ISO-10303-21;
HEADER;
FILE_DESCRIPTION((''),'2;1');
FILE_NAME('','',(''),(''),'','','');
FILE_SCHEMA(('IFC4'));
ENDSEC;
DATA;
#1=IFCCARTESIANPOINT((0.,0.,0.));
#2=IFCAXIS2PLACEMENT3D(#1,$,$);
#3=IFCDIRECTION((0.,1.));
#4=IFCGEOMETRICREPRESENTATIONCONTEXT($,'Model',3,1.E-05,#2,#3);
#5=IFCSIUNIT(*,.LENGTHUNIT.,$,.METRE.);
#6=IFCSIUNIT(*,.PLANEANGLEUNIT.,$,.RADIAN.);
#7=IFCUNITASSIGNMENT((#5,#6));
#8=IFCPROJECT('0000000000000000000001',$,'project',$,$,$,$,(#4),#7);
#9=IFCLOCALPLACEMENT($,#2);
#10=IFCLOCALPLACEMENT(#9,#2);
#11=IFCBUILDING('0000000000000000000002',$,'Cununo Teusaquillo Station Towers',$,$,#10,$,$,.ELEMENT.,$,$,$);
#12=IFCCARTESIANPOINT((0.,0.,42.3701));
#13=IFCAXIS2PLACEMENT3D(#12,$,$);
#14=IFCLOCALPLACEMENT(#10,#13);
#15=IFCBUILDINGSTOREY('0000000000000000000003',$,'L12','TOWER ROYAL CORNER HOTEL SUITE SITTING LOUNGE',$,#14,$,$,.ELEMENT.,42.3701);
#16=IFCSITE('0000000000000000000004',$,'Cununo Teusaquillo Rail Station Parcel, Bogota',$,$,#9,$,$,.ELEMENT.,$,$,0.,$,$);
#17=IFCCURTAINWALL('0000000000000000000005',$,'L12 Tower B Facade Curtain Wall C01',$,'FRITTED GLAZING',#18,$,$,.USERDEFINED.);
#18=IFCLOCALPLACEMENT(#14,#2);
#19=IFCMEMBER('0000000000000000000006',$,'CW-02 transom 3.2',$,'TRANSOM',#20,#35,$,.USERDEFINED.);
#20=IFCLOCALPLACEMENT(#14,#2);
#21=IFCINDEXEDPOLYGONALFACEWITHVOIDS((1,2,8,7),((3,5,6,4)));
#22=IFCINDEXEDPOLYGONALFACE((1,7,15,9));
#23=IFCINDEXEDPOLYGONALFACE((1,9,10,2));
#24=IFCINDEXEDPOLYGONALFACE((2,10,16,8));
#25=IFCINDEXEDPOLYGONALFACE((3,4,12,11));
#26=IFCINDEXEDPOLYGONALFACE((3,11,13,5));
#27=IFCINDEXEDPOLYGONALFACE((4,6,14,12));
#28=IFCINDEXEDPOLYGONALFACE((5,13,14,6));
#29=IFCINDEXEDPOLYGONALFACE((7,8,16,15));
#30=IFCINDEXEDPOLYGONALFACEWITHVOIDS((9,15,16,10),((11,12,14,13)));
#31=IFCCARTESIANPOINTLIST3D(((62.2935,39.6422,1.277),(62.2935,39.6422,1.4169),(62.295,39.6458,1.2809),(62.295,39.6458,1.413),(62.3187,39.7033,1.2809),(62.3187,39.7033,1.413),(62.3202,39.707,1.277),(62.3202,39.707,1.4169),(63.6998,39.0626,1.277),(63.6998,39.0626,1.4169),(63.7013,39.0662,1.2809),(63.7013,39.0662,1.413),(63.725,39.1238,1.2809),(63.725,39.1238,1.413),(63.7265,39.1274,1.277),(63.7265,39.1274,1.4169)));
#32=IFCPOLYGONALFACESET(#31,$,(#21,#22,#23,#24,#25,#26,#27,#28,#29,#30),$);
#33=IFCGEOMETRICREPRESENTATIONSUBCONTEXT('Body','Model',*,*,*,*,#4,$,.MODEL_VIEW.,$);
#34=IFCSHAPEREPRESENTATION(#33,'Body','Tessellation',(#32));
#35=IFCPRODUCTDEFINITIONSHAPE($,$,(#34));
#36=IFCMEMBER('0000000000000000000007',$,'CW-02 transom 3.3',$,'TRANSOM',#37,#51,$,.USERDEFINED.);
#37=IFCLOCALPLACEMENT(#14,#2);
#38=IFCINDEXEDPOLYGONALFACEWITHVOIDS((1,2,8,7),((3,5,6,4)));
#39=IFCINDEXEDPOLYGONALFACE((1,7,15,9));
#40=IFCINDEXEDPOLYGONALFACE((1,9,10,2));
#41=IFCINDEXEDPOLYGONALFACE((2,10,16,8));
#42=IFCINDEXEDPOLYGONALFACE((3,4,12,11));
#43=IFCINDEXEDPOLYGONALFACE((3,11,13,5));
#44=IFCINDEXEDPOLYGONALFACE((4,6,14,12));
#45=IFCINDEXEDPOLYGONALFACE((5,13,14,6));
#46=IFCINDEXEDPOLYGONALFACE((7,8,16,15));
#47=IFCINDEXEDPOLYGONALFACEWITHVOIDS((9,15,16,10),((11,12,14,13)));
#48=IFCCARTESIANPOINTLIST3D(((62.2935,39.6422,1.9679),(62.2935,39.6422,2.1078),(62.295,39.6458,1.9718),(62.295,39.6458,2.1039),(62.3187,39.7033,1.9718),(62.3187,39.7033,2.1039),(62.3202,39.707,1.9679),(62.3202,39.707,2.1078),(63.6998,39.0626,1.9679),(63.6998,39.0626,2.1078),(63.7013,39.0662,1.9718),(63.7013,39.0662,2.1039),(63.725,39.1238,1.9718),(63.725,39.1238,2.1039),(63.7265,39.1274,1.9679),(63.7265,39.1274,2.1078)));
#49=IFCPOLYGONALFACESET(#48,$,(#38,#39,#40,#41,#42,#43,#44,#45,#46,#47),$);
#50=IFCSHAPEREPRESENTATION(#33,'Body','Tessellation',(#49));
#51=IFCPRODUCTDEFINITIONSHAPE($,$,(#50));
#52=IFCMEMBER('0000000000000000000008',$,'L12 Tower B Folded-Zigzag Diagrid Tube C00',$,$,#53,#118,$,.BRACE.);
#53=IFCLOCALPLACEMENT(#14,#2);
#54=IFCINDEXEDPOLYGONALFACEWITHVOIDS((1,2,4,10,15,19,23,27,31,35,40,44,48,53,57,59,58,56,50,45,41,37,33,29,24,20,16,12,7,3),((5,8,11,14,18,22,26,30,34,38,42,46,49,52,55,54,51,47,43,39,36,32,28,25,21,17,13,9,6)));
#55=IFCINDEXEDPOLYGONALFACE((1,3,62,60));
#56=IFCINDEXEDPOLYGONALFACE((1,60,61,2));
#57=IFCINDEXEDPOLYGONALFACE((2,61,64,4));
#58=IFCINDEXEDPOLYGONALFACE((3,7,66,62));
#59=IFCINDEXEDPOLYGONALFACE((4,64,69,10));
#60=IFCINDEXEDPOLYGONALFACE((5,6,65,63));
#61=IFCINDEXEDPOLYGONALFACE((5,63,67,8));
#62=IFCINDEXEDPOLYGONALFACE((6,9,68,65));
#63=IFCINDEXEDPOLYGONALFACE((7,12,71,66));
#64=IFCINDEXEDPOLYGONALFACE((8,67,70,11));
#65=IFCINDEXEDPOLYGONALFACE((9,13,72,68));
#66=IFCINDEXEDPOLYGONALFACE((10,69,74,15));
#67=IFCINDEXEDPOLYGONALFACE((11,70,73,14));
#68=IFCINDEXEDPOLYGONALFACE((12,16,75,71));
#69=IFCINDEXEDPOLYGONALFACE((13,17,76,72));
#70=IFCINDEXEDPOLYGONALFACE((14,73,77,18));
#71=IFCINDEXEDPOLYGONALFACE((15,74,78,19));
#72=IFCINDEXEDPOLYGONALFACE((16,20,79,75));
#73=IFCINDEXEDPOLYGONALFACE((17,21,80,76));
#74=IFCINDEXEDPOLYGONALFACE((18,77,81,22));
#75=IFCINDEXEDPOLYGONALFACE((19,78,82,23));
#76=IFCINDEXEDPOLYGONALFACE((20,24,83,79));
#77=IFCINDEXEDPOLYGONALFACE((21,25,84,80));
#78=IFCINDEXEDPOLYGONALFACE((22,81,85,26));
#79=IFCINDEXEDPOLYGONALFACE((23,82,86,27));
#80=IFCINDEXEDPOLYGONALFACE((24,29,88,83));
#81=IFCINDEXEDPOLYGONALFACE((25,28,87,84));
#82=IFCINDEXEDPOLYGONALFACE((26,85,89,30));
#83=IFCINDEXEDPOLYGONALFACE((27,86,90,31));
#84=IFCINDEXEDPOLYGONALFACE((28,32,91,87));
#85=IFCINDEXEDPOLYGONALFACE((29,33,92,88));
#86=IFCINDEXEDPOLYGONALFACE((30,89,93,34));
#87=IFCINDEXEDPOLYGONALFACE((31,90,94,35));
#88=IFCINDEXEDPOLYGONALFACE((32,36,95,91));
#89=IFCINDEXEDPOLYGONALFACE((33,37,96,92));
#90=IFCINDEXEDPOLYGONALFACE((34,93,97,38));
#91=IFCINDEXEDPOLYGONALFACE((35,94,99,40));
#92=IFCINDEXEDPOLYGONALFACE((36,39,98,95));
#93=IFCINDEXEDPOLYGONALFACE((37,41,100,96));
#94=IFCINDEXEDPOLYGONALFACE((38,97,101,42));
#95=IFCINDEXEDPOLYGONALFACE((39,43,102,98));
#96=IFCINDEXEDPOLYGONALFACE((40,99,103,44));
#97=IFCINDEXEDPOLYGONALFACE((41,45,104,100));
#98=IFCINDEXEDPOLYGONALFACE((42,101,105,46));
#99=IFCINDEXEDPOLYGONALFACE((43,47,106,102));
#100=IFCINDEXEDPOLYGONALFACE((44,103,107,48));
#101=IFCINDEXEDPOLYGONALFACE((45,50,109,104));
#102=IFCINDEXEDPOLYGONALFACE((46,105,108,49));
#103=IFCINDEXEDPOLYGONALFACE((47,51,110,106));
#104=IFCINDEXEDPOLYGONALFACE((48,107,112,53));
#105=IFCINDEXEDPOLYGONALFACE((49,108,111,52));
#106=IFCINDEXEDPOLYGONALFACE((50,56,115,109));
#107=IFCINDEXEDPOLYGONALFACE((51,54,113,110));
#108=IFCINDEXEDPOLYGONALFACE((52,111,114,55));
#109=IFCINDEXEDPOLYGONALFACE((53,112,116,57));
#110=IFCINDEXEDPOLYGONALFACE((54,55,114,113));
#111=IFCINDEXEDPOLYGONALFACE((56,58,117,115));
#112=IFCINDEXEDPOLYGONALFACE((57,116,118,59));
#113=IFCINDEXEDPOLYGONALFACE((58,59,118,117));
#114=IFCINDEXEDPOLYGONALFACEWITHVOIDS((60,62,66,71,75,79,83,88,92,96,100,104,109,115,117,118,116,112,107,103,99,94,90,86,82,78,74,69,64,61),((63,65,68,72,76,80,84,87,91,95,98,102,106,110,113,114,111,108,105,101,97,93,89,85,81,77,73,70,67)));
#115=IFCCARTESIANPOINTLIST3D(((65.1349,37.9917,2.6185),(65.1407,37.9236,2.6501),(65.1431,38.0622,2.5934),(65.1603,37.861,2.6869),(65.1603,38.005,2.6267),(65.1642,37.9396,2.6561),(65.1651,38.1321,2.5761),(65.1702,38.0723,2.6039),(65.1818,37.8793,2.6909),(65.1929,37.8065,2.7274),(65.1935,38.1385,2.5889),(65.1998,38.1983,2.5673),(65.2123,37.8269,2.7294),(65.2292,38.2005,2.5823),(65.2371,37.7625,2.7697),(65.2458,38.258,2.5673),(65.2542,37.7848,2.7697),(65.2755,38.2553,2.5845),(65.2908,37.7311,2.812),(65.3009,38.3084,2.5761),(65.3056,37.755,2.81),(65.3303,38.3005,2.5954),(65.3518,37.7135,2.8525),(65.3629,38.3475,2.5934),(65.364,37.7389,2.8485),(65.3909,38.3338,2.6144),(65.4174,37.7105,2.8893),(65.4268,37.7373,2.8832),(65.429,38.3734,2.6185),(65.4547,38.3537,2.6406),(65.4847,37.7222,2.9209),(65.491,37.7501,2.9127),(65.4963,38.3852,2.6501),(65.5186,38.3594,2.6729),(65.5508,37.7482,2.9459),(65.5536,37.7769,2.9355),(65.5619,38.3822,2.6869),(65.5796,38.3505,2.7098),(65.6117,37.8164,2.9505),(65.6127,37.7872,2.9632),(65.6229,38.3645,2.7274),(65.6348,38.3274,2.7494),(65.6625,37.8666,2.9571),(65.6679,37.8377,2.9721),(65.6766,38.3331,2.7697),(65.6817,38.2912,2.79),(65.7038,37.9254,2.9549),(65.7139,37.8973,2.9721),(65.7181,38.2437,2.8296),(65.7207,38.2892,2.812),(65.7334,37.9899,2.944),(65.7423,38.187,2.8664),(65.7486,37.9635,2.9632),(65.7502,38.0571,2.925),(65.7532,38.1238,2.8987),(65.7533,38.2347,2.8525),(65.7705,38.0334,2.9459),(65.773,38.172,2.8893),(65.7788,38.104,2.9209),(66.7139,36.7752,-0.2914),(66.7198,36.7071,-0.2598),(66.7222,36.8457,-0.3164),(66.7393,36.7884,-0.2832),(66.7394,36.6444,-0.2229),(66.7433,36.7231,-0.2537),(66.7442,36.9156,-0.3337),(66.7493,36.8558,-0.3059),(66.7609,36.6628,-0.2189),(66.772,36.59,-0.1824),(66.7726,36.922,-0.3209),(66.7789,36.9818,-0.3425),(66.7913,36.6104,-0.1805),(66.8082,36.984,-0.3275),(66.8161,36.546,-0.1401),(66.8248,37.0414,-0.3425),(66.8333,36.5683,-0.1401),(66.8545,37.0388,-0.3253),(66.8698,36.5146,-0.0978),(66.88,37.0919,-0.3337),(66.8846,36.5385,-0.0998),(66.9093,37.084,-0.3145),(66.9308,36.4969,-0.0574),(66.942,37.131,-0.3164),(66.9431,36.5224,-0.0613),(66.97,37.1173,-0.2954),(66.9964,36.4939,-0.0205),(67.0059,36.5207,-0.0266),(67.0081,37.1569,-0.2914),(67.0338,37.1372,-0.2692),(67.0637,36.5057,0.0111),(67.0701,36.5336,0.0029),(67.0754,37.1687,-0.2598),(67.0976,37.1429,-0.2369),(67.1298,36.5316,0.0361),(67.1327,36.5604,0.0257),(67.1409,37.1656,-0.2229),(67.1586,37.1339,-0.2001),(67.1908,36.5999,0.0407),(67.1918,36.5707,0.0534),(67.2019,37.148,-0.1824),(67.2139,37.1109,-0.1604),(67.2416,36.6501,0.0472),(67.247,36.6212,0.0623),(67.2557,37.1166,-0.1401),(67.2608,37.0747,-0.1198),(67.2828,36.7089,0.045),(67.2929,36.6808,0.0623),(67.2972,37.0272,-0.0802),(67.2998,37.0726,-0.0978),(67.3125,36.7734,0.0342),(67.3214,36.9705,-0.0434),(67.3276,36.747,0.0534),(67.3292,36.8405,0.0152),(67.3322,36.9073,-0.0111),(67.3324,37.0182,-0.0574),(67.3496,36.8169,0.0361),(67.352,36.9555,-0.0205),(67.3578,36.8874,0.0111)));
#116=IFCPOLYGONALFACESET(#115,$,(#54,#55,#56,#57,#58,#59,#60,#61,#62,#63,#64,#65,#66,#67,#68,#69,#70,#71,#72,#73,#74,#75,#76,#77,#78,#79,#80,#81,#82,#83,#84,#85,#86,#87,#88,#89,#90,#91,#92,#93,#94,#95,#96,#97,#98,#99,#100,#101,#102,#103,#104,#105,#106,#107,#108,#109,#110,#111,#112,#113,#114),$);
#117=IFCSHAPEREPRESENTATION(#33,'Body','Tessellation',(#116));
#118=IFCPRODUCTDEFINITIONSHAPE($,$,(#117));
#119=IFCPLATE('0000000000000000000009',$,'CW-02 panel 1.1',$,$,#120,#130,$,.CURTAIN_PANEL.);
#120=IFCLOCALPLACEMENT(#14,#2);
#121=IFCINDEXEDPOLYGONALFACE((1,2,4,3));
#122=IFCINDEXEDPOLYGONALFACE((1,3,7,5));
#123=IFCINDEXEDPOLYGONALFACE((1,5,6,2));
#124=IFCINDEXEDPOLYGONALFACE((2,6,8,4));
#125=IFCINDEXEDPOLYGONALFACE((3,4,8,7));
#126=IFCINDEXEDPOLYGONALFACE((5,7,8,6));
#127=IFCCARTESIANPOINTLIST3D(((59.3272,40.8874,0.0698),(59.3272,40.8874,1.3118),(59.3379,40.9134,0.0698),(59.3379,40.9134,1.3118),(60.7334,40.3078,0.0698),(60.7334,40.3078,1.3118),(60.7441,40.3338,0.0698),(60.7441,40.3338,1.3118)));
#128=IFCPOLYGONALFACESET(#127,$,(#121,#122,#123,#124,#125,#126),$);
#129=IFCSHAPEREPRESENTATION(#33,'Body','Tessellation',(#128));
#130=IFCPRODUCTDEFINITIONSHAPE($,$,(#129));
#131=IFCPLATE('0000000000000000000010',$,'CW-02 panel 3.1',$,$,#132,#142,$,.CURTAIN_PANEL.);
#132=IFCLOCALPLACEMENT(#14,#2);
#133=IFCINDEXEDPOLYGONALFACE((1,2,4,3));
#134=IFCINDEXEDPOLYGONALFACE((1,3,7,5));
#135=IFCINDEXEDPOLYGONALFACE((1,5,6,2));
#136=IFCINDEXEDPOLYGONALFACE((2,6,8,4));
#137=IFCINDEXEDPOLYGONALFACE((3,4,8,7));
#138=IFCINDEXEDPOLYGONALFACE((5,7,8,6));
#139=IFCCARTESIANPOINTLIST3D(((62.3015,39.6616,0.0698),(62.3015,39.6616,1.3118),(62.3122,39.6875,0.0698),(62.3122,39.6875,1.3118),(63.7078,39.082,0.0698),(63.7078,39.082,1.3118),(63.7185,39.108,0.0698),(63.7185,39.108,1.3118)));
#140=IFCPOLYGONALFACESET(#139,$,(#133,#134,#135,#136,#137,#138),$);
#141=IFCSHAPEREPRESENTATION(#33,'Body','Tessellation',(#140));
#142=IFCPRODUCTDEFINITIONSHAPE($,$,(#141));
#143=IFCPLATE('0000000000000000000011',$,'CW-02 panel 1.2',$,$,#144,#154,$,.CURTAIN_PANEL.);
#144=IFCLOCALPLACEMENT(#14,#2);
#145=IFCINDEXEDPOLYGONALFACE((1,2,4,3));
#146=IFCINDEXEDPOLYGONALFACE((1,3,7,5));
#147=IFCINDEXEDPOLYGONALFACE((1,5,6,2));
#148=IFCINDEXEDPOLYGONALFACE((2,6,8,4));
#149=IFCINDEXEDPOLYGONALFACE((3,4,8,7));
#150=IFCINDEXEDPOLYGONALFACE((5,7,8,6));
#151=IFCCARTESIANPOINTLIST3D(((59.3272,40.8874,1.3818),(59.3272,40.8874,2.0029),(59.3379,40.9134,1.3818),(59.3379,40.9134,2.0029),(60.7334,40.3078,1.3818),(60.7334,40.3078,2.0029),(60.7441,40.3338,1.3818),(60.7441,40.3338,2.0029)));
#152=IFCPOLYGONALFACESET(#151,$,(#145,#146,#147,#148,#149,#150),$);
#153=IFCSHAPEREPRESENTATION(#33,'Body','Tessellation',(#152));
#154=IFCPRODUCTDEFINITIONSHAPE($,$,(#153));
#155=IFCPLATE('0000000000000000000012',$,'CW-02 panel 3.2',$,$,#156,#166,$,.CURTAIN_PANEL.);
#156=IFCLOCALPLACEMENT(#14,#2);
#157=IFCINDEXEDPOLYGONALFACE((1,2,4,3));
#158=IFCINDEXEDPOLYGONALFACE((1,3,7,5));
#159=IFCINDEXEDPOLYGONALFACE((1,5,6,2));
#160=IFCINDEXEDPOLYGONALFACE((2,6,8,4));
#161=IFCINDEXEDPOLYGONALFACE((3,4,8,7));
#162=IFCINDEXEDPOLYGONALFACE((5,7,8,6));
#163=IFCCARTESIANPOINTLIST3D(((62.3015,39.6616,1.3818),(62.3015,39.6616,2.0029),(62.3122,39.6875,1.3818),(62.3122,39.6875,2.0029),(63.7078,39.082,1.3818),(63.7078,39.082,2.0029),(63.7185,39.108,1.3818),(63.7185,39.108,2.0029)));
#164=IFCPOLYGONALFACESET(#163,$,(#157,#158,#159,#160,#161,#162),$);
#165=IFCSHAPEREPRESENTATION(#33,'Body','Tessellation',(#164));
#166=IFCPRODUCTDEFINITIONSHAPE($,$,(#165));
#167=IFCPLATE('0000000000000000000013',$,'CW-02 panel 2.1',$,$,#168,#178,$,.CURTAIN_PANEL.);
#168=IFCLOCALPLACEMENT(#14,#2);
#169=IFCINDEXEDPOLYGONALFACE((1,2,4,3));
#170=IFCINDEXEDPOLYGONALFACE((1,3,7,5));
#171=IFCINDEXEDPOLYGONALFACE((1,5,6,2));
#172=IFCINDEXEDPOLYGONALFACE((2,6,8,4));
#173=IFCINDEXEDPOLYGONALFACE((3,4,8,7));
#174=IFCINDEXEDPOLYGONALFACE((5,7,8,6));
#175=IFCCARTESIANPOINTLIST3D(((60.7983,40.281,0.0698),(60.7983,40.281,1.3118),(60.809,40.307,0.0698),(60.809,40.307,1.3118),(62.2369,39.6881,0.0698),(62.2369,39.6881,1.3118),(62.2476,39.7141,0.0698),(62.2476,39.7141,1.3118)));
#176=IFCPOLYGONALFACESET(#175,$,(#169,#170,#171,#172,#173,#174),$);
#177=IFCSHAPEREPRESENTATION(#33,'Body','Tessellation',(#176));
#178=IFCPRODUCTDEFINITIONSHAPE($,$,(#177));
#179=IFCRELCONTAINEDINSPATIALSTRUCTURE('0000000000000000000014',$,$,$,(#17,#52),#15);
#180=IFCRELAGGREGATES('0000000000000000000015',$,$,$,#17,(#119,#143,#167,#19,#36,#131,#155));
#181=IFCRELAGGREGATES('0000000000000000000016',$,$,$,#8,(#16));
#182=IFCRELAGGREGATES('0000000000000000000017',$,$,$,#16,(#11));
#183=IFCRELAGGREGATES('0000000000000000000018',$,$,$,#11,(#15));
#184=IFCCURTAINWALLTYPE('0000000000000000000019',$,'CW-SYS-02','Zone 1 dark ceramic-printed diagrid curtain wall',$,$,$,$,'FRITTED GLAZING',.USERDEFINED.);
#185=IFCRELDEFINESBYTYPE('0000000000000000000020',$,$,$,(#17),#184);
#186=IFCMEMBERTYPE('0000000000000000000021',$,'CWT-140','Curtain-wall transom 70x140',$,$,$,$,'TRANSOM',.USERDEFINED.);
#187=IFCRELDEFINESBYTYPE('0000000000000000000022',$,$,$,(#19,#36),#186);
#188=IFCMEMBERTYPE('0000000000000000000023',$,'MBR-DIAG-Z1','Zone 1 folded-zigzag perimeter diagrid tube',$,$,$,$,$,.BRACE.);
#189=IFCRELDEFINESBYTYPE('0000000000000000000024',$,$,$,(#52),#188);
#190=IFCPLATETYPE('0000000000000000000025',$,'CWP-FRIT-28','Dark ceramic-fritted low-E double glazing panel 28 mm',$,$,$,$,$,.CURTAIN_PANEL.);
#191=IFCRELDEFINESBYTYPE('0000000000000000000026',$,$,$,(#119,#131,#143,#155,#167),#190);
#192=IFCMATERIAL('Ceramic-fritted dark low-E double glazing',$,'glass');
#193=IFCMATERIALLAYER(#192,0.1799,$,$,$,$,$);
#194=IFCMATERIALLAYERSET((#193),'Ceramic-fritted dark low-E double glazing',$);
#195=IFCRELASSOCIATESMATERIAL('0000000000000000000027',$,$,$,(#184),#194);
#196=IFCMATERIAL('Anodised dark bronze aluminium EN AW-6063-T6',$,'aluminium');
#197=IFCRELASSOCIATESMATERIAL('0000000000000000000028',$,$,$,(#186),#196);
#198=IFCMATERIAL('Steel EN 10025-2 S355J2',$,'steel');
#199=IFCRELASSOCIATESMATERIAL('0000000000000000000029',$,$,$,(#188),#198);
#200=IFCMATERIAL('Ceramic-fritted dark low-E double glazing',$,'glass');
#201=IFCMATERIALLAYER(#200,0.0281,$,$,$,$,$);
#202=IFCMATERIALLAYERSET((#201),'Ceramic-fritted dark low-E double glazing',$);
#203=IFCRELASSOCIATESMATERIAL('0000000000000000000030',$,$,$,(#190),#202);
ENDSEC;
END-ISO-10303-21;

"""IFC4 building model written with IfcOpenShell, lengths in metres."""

from ifc_helpers import new_model, si_unit, direction, frame, origin, origin_2d, place, context, subcontext, project, spatial, rectangle, hollow_rectangle, hollow_circle, extrude, source, transform, mapped, material, layer, layer_set, material_profile, profile_set, type_object, element, aggregate, save


model = new_model("IFC4")

# Units and contexts
model_context = context("Model", 3, precision=1e-05, world=origin(), true_north=direction((0.0, 1.0)))
body_context = subcontext(model_context, "Body", "Model", "MODEL_VIEW")
ifc_project = project(units=[si_unit("LENGTHUNIT", "METRE"), si_unit("PLANEANGLEUNIT", "RADIAN")], contexts=[model_context])

# Site, building, storey
site_placement = place(None, origin())
site = spatial("IfcSite", under=ifc_project, at=site_placement, Name="Cununo Teusaquillo Rail Station Parcel, Bogota", CompositionType="ELEMENT", RefElevation=0.0)
building_placement = place(site_placement, origin())
building = spatial("IfcBuilding", under=site, at=building_placement, Name="Cununo Teusaquillo Station Towers", CompositionType="ELEMENT")
storey_placement = place(building_placement, frame((0.0, 0.0, 42.3701)))
storey = spatial("IfcBuildingStorey", under=building, at=storey_placement, Name="L12", Description="TOWER ROYAL CORNER HOTEL SUITE SITTING LOUNGE", CompositionType="ELEMENT", Elevation=42.3701)

# Curtain wall, members
ifc_material_1 = material(Name="Ceramic-fritted dark low-E double glazing", Category="glass")
ifc_layer_1 = layer(ifc_material_1, 0.1799)
ifc_layer_set_1 = layer_set([ifc_layer_1], Name="Ceramic-fritted dark low-E double glazing")
curtain_wall_type = type_object("IfcCurtainWallType", Name="CW-SYS-02", Description="Zone 1 dark ceramic-printed diagrid curtain wall", ElementType="FRITTED GLAZING", PredefinedType="USERDEFINED", material=ifc_layer_set_1)
curtain_wall_placement = place(storey_placement, origin())
curtain_wall = element("IfcCurtainWall", 1, at=curtain_wall_placement, inside=storey, type_object=curtain_wall_type, Name="L12 Tower B Facade Curtain Wall C01", ObjectType="FRITTED GLAZING", PredefinedType="USERDEFINED")
ifc_material_2 = material(Name="Anodised dark bronze aluminium EN AW-6063-T6", Category="aluminium")
ifc_material_profile_1 = material_profile(ifc_material_2, hollow_rectangle(XDim=0.0701, YDim=0.1399, WallThickness=0.0039, at=origin_2d()), Name="CW-TRAN-70x140")
ifc_profile_set_1 = profile_set([ifc_material_profile_1], Name="Anodised dark bronze aluminium EN AW-6063-T6")
member_type_1 = type_object("IfcMemberType", Name="CWT-140", Description="Curtain-wall transom 70x140", ElementType="TRANSOM", PredefinedType="USERDEFINED", material=ifc_profile_set_1)
member_1_placement = place(storey_placement, frame((62.3069, 39.6746, 1.3469), z_axis=(0.924552, -0.381057, 0.0), x_axis=(0.381057, 0.924552, 0.0)))
member_1 = element("IfcMember", 2, at=member_1_placement, type_object=member_type_1, Name="CW-02 transom 3.2", ObjectType="TRANSOM", PredefinedType="USERDEFINED", context=body_context, shape_type="SweptSolid", body=[
    extrude(hollow_rectangle(XDim=0.0701, YDim=0.1399, WallThickness=0.0039, at=origin_2d()), origin(), (0.0, 0.0, 1.0), 1.521),
])
member_2_placement = place(storey_placement, frame((62.3069, 39.6746, 2.0378), z_axis=(0.924552, -0.381057, 0.0), x_axis=(0.381057, 0.924552, 0.0)))
member_2 = element("IfcMember", 3, at=member_2_placement, type_object=member_type_1, Name="CW-02 transom 3.3", ObjectType="TRANSOM", PredefinedType="USERDEFINED", context=body_context, shape_type="SweptSolid", body=[
    extrude(hollow_rectangle(XDim=0.0701, YDim=0.1399, WallThickness=0.0039, at=origin_2d()), origin(), (0.0, 0.0, 1.0), 1.521),
])

# Member
ifc_material_3 = material(Name="Steel EN 10025-2 S355J2", Category="steel")
ifc_material_profile_2 = material_profile(ifc_material_3, hollow_circle(Radius=0.3601, WallThickness=0.0281, at=origin_2d()), Name="CHS 720x28")
ifc_profile_set_2 = profile_set([ifc_material_profile_2], Name="Steel EN 10025-2 S355J2")
member_type_2 = type_object("IfcMemberType", Name="MBR-DIAG-Z1", Description="Zone 1 folded-zigzag perimeter diagrid tube", PredefinedType="BRACE", material=ifc_profile_set_2)
member_3_placement = place(storey_placement, frame((67.0359, 36.8313, -0.1401), z_axis=(-0.447692, 0.344906, 0.824992), x_axis=(-0.610297, -0.792173, 0.0)))
element("IfcMember", 4, at=member_3_placement, inside=storey, type_object=member_type_2, Name="L12 Tower B Folded-Zigzag Diagrid Tube C00", PredefinedType="BRACE", context=body_context, shape_type="SweptSolid", body=[
    extrude(hollow_circle(Radius=0.3601, WallThickness=0.0281, at=origin_2d()), origin(), (0.0, 0.0, 1.0), 3.5271),
])

# Plates
ifc_material_4 = material(Name="Ceramic-fritted dark low-E double glazing", Category="glass")
ifc_layer_2 = layer(ifc_material_4, 0.0281)
ifc_layer_set_2 = layer_set([ifc_layer_2], Name="Ceramic-fritted dark low-E double glazing")
plate_type = type_object("IfcPlateType", Name="CWP-FRIT-28", Description="Dark ceramic-fritted low-E double glazing panel 28 mm", PredefinedType="CURTAIN_PANEL", material=ifc_layer_set_2)
shared_shape_1 = source(origin(), body_context, "Body", "SweptSolid", [
    extrude(rectangle(XDim=1.521, YDim=0.0281, at=origin_2d()), origin(), (0.0, 0.0, 1.0), 1.2419),
])
plate_1_placement = place(storey_placement, frame((60.0356, 40.6106, 0.0698), z_axis=(0.0, 0.0, 1.0), x_axis=(0.924552, -0.381055, 0.0)))
plate_1 = element("IfcPlate", 5, at=plate_1_placement, type_object=plate_type, Name="CW-02 panel 1.1", PredefinedType="CURTAIN_PANEL", context=body_context, shape_type="MappedRepresentation", body=[
    mapped(shared_shape_1, transform((0.0, 0.0, 0.0), x_axis=(1.0, 0.0, 0.0), y_axis=(0.0, 1.0, 0.0), z_axis=(0.0, 0.0, 1.0), scale=1.0)),
])
plate_2_placement = place(storey_placement, frame((63.01, 39.3848, 0.0698), z_axis=(0.0, 0.0, 1.0), x_axis=(0.924552, -0.381055, 0.0)))
plate_2 = element("IfcPlate", 6, at=plate_2_placement, type_object=plate_type, Name="CW-02 panel 3.1", PredefinedType="CURTAIN_PANEL", context=body_context, shape_type="MappedRepresentation", body=[
    mapped(shared_shape_1, transform((0.0, 0.0, 0.0), x_axis=(1.0, 0.0, 0.0), y_axis=(0.0, 1.0, 0.0), z_axis=(0.0, 0.0, 1.0), scale=1.0)),
])
shared_shape_2 = source(origin(), body_context, "Body", "SweptSolid", [
    extrude(rectangle(XDim=1.521, YDim=0.0281, at=origin_2d()), origin(), (0.0, 0.0, 1.0), 0.6211),
])
plate_3_placement = place(storey_placement, frame((60.0356, 40.6106, 1.3818), z_axis=(0.0, 0.0, 1.0), x_axis=(0.924552, -0.381055, 0.0)))
plate_3 = element("IfcPlate", 7, at=plate_3_placement, type_object=plate_type, Name="CW-02 panel 1.2", PredefinedType="CURTAIN_PANEL", context=body_context, shape_type="MappedRepresentation", body=[
    mapped(shared_shape_2, transform((0.0, 0.0, 0.0), x_axis=(1.0, 0.0, 0.0), y_axis=(0.0, 1.0, 0.0), z_axis=(0.0, 0.0, 1.0), scale=1.0)),
])
plate_4_placement = place(storey_placement, frame((63.01, 39.3848, 1.3818), z_axis=(0.0, 0.0, 1.0), x_axis=(0.924552, -0.381055, 0.0)))
plate_4 = element("IfcPlate", 8, at=plate_4_placement, type_object=plate_type, Name="CW-02 panel 3.2", PredefinedType="CURTAIN_PANEL", context=body_context, shape_type="MappedRepresentation", body=[
    mapped(shared_shape_2, transform((0.0, 0.0, 0.0), x_axis=(1.0, 0.0, 0.0), y_axis=(0.0, 1.0, 0.0), z_axis=(0.0, 0.0, 1.0), scale=1.0)),
])
shared_shape_3 = source(origin(), body_context, "Body", "SweptSolid", [
    extrude(rectangle(XDim=1.5559, YDim=0.0281, at=origin_2d()), origin(), (0.0, 0.0, 1.0), 1.2419),
])
plate_5_placement = place(storey_placement, frame((61.5229, 39.9976, 0.0698), z_axis=(0.0, 0.0, 1.0), x_axis=(0.924552, -0.381055, 0.0)))
plate_5 = element("IfcPlate", 9, at=plate_5_placement, type_object=plate_type, Name="CW-02 panel 2.1", PredefinedType="CURTAIN_PANEL", context=body_context, shape_type="MappedRepresentation", body=[
    mapped(shared_shape_3, transform((0.0, 0.0, 0.0), x_axis=(1.0, 0.0, 0.0), y_axis=(0.0, 1.0, 0.0), z_axis=(0.0, 0.0, 1.0), scale=1.0)),
])
aggregate(curtain_wall, [plate_1, plate_3, plate_5, member_1, member_2, plate_2, plate_4])

save(model, "model.ifc")
